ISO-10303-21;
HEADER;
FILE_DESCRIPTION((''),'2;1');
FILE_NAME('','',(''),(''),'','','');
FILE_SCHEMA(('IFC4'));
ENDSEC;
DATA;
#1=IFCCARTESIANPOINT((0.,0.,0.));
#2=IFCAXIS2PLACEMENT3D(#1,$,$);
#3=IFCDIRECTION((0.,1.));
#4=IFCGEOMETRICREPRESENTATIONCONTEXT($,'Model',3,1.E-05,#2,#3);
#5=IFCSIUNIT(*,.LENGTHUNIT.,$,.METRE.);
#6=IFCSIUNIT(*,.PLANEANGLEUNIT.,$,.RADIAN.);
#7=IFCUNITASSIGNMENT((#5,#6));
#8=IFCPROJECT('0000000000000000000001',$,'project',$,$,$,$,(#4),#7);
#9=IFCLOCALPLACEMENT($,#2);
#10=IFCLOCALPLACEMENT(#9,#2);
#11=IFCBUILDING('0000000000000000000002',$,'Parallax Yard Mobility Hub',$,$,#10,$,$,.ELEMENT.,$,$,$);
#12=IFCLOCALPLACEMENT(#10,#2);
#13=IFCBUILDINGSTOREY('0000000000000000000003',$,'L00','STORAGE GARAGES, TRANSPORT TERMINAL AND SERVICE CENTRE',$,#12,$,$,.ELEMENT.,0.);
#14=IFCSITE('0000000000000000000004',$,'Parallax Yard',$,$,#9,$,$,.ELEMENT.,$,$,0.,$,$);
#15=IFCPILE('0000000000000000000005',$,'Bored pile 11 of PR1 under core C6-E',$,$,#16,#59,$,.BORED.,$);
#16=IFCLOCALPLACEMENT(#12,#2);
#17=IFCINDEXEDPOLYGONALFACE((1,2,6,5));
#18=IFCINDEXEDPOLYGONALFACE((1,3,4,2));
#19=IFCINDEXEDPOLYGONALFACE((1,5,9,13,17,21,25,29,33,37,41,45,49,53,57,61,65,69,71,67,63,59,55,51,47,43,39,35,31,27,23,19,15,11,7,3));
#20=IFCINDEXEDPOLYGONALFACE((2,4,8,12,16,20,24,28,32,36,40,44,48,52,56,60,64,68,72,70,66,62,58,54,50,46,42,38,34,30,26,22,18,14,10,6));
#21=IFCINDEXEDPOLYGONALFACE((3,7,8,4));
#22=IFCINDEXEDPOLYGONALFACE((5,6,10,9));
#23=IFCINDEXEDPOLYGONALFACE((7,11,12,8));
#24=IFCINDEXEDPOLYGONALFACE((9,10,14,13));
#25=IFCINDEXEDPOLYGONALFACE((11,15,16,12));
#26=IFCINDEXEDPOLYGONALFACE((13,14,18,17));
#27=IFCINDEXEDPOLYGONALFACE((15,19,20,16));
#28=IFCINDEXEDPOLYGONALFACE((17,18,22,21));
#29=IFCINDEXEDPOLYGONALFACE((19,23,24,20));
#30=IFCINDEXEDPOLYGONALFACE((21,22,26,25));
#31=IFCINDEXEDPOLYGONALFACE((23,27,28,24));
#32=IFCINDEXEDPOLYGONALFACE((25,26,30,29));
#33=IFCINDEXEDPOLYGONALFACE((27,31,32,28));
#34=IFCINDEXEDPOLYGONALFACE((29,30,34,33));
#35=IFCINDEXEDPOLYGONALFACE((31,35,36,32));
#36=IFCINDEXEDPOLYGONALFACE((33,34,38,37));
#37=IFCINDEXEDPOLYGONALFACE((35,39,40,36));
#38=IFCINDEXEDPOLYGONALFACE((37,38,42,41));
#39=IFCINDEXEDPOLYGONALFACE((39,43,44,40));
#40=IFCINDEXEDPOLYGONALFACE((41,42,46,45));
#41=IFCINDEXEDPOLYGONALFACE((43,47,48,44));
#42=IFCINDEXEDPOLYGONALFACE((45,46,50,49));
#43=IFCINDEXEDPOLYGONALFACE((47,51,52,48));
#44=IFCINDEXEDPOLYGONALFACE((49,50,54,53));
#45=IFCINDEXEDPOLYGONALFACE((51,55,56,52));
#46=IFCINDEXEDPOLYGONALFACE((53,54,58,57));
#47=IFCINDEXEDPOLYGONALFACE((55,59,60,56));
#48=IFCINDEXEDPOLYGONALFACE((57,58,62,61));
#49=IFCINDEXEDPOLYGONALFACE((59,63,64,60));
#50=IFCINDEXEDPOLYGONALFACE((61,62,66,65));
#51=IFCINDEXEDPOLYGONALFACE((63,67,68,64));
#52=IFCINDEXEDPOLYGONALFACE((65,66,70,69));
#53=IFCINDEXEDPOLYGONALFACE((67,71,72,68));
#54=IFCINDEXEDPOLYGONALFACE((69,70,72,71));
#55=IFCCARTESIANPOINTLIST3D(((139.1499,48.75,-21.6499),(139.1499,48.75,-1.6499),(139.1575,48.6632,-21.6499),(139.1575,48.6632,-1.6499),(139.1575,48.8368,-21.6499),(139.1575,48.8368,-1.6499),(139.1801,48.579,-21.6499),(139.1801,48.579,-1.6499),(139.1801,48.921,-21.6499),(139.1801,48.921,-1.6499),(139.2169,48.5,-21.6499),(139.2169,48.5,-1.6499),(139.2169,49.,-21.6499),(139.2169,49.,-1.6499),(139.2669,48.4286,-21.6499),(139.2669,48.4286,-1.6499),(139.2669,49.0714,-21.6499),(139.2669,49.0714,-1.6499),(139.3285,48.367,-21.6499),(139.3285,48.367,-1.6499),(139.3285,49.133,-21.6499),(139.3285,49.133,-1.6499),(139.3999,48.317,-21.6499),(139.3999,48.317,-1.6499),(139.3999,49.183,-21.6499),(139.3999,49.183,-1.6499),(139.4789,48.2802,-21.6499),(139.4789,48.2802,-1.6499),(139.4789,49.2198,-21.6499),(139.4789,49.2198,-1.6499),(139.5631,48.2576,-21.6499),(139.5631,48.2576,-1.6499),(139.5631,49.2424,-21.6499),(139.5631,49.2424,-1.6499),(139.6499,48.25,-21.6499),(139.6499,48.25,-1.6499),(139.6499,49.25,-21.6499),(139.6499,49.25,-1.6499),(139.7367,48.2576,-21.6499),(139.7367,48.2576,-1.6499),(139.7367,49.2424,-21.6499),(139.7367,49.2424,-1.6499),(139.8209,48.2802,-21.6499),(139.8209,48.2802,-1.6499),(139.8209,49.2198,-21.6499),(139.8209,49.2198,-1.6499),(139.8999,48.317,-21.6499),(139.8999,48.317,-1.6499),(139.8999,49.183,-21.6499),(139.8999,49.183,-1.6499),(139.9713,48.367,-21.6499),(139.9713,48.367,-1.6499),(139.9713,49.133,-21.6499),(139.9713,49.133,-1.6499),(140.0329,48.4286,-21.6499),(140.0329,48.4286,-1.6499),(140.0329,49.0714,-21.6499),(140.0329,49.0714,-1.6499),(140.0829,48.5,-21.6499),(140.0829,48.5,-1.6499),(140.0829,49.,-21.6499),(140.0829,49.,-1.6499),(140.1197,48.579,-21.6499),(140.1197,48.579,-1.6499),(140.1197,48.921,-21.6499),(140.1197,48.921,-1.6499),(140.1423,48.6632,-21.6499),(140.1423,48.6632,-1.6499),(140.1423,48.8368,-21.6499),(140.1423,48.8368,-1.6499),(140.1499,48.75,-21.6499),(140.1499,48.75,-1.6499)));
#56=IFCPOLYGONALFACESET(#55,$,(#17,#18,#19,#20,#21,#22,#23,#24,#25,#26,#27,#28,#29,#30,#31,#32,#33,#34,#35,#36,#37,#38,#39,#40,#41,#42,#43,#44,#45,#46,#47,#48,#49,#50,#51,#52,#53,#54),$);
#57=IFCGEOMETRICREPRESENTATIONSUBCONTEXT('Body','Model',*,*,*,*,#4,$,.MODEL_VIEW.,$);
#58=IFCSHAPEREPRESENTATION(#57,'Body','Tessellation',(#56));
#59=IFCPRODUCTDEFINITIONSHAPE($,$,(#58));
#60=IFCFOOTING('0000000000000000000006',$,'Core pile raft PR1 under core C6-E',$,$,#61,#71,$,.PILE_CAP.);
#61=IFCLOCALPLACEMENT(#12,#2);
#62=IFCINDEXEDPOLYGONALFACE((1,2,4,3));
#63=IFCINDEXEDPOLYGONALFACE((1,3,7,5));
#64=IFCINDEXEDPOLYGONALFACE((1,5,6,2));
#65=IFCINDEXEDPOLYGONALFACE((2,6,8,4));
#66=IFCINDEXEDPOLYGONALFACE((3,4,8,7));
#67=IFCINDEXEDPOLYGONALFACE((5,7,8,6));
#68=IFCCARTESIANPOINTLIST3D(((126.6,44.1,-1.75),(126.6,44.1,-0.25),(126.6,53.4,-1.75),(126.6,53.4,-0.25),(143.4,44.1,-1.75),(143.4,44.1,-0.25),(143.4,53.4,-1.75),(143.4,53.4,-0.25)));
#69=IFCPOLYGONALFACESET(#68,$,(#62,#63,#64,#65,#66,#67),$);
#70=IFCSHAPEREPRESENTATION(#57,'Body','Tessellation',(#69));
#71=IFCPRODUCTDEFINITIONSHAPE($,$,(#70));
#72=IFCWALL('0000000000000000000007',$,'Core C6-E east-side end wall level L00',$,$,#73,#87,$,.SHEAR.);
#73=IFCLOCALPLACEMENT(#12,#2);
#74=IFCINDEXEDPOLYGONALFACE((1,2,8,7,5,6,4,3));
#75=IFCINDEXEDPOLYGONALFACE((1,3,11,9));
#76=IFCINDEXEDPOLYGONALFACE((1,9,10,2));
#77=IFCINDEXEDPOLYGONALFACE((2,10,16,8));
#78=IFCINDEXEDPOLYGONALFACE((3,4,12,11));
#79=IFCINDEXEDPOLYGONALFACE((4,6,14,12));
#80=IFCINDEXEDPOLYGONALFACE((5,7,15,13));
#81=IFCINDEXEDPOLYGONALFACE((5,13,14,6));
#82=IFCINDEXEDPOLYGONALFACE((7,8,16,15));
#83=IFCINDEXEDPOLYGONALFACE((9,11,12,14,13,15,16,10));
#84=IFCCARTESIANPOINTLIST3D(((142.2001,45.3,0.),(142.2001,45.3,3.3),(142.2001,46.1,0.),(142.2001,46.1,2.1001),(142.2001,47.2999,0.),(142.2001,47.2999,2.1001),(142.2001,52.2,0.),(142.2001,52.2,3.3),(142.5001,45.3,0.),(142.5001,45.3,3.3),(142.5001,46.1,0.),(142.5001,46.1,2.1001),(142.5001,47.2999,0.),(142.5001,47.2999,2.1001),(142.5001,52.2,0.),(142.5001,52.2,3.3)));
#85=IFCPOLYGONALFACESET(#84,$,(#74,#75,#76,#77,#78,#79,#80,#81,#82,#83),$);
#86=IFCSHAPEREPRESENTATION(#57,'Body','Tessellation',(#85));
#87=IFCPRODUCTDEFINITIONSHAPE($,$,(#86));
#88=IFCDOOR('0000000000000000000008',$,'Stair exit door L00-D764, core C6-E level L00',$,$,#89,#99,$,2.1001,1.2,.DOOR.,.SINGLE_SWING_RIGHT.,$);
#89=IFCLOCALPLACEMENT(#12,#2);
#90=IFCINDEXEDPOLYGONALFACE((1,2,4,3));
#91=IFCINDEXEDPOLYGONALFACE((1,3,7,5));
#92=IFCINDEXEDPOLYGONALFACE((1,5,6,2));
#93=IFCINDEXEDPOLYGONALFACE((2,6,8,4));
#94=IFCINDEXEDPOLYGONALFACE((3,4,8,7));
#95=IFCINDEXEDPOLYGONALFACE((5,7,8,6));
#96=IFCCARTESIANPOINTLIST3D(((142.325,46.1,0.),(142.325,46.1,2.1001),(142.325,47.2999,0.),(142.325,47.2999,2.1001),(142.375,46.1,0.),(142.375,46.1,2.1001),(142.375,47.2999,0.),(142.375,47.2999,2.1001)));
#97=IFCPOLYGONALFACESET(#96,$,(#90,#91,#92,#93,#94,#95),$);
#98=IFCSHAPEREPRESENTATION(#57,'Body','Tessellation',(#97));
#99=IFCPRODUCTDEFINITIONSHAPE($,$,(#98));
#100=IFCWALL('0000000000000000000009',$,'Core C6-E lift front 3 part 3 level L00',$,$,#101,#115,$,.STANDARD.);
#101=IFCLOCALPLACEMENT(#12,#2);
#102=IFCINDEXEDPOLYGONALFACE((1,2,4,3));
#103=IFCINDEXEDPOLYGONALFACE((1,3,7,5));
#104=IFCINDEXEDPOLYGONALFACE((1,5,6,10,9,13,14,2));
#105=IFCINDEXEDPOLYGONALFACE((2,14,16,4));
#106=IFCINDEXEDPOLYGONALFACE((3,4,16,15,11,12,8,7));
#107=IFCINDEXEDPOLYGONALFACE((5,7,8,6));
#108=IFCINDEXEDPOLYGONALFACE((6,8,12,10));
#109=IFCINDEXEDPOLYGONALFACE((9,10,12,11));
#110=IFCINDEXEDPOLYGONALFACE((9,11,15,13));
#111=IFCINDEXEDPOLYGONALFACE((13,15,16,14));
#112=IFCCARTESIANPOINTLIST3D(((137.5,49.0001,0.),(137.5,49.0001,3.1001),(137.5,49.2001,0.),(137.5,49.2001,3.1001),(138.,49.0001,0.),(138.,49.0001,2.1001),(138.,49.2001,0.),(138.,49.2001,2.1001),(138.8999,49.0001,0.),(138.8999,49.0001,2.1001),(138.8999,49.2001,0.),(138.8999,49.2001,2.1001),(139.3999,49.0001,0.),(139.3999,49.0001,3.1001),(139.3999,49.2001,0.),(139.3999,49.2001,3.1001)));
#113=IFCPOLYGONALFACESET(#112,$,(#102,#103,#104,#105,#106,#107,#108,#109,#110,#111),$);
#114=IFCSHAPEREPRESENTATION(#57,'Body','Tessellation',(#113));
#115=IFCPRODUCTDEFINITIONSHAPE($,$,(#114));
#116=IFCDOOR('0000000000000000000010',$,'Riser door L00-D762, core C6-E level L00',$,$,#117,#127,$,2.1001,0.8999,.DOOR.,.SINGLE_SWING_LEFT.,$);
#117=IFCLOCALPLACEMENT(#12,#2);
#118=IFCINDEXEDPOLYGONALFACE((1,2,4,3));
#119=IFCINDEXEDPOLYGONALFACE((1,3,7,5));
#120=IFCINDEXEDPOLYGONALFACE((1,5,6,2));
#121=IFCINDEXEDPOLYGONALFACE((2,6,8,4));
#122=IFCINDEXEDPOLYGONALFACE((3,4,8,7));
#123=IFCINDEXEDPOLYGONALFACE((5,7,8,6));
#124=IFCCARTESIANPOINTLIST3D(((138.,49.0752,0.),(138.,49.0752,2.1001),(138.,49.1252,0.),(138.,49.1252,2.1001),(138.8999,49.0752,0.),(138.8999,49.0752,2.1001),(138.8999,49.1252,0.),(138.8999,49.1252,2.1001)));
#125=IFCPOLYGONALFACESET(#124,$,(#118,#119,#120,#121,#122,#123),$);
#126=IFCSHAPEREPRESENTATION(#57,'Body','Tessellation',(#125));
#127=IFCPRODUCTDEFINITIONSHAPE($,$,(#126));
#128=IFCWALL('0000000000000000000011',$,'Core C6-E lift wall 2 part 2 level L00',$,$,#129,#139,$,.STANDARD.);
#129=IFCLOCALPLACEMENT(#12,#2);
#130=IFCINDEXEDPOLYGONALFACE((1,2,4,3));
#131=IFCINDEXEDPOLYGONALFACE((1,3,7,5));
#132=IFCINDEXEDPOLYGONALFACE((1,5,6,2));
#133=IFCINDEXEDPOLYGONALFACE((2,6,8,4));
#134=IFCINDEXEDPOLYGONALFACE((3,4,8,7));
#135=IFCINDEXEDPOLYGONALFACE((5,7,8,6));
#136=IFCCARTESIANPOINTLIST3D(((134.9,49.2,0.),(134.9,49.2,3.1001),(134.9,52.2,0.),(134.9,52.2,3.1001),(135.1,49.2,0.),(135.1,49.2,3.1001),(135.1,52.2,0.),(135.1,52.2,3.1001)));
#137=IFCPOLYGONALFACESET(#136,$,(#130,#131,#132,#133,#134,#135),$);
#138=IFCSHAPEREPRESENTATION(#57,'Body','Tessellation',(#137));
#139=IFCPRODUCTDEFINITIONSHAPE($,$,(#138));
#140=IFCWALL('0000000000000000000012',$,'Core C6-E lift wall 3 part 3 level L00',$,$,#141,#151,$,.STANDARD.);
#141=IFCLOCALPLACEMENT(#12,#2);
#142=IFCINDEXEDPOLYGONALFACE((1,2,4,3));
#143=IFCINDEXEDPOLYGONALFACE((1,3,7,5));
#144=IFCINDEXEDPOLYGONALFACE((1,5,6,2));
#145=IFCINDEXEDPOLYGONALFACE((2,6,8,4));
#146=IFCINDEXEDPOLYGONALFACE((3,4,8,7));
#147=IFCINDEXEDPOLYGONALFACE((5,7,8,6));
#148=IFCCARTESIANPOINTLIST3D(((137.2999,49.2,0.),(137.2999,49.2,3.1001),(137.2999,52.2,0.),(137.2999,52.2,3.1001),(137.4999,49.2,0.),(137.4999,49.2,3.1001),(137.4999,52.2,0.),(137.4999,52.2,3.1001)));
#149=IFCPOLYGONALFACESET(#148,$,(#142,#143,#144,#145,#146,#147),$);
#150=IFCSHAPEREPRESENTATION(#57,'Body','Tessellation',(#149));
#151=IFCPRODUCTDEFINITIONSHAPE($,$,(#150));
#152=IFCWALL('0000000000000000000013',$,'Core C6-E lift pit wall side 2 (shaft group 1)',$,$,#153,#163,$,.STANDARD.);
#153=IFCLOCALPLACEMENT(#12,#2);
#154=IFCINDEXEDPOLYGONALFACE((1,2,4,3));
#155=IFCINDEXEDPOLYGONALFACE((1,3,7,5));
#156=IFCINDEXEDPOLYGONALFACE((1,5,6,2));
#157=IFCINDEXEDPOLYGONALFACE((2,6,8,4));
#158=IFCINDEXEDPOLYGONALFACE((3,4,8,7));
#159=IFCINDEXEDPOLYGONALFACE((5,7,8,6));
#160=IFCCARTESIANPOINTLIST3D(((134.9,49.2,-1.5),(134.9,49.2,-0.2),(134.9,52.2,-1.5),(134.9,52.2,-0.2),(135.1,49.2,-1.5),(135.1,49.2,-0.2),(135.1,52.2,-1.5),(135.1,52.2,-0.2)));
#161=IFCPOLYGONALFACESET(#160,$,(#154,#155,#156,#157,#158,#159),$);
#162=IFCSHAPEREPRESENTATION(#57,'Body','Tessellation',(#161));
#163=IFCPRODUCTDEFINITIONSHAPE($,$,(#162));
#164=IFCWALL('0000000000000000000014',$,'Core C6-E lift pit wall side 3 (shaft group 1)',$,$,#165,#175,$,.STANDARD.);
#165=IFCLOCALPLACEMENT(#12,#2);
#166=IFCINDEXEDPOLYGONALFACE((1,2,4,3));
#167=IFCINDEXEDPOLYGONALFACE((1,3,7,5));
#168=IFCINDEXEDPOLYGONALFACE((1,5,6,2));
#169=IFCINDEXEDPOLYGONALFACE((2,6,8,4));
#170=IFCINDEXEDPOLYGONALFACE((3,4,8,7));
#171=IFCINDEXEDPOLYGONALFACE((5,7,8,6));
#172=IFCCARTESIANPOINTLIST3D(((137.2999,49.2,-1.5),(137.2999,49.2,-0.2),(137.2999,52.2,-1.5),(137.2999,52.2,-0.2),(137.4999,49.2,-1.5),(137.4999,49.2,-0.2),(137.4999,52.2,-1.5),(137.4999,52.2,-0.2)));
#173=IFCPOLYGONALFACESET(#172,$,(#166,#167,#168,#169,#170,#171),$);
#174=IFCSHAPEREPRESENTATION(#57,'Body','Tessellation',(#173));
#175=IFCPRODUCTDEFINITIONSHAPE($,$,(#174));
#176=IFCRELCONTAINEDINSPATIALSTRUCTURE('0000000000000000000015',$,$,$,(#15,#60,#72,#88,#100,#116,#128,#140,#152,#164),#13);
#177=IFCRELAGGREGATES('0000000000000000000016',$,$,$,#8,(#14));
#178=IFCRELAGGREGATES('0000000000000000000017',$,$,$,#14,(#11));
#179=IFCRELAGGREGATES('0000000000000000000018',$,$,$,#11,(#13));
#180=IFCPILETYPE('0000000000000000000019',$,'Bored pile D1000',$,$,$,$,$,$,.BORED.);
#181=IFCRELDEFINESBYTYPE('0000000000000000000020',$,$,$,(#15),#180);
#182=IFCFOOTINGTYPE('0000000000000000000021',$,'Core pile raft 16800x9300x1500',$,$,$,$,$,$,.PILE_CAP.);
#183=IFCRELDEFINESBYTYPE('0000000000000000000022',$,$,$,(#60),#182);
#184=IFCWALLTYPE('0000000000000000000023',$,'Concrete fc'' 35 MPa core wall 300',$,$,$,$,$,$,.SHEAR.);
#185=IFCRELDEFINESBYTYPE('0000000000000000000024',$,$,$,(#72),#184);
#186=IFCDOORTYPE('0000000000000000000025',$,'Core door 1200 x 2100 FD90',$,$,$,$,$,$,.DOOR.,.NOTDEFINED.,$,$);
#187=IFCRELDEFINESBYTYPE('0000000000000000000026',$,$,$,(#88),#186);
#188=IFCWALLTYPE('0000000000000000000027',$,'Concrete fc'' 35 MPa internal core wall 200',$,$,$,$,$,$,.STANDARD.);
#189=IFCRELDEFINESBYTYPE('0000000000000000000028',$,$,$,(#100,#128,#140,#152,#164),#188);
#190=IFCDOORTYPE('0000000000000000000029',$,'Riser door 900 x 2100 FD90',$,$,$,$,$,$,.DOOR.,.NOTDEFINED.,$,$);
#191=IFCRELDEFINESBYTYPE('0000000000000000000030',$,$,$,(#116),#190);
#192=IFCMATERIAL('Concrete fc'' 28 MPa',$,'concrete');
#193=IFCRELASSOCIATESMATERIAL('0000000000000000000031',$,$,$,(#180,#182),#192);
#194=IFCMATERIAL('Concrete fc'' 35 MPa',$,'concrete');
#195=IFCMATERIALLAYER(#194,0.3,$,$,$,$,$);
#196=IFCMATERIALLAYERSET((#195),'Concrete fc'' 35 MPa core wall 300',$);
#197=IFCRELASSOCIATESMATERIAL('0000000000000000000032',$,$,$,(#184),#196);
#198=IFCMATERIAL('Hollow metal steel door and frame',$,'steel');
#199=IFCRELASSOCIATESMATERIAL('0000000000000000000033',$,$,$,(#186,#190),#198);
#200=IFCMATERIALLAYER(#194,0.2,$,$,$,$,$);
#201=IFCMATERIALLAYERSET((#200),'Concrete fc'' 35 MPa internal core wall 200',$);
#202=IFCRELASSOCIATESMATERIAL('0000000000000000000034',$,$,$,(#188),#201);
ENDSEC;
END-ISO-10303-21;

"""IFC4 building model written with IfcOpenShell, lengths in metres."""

from ifc_helpers import new_model, si_unit, direction, frame, frame_2d, origin, origin_2d, place, context, subcontext, project, spatial, rectangle, circle, extrude, material, layer, layer_set, material_profile, profile_set, type_object, element, fill, save


model = new_model("IFC4")

# Units and contexts
model_context = context("Model", 3, precision=1e-05, world=origin(), true_north=direction((0.0, 1.0)))
body_context = subcontext(model_context, "Body", "Model", "MODEL_VIEW")
ifc_project = project(units=[si_unit("LENGTHUNIT", "METRE"), si_unit("PLANEANGLEUNIT", "RADIAN")], contexts=[model_context])

# Site, building, storey
site_placement = place(None, origin())
site = spatial("IfcSite", under=ifc_project, at=site_placement, Name="Parallax Yard", CompositionType="ELEMENT", RefElevation=0.0)
building_placement = place(site_placement, origin())
building = spatial("IfcBuilding", under=site, at=building_placement, Name="Parallax Yard Mobility Hub", CompositionType="ELEMENT")
storey_placement = place(building_placement, origin())
storey = spatial("IfcBuildingStorey", under=building, at=storey_placement, Name="L00", Description="STORAGE GARAGES, TRANSPORT TERMINAL AND SERVICE CENTRE", CompositionType="ELEMENT", Elevation=0.0)

# Pile
ifc_material_1 = material(Name="Concrete fc' 28 MPa", Category="concrete")
ifc_material_profile = material_profile(ifc_material_1, circle(Radius=0.5, at=origin_2d()), Name="Bored pile D1000")
ifc_profile_set = profile_set([ifc_material_profile], Name="Concrete fc' 28 MPa")
pile_type = type_object("IfcPileType", Name="Bored pile D1000", PredefinedType="BORED", material=ifc_profile_set)
for number, where, z_axis, x_axis, name in (
    (1, (139.6499, 48.75, -1.6499), (0.0, 0.0, -1.0), (1.0, 0.0, 0.0), "Bored pile 11 of PR1 under core C6-E"),
):
    element("IfcPile", number, at=place(storey_placement, frame(where, z_axis=z_axis, x_axis=x_axis)), inside=storey, type_object=pile_type, Name=name, PredefinedType="BORED", context=body_context, shape_type="SweptSolid", body=[
        extrude(circle(Radius=0.5, at=origin_2d()), origin(), (0.0, 0.0, 1.0), 20.0),
    ])

# Footing
footing_type = type_object("IfcFootingType", Name="Core pile raft 16800x9300x1500", PredefinedType="PILE_CAP", material=ifc_material_1)
footing_placement = place(storey_placement, frame((135.0, 48.75, -1.75), z_axis=(0.0, 0.0, 1.0), x_axis=(1.0, 0.0, 0.0)))
element("IfcFooting", 2, at=footing_placement, inside=storey, type_object=footing_type, Name="Core pile raft PR1 under core C6-E", PredefinedType="PILE_CAP", context=body_context, shape_type="SweptSolid", body=[
    extrude(rectangle(XDim=16.8, YDim=9.3, at=origin_2d()), origin(), (0.0, 0.0, 1.0), 1.5),
])

# Walls, openings, doors
ifc_material_2 = material(Name="Concrete fc' 35 MPa", Category="concrete")
ifc_layer_1 = layer(ifc_material_2, 0.3)
ifc_layer_set_1 = layer_set([ifc_layer_1], Name="Concrete fc' 35 MPa core wall 300")
wall_type_1 = type_object("IfcWallType", Name="Concrete fc' 35 MPa core wall 300", PredefinedType="SHEAR", material=ifc_layer_set_1)
wall_1_placement = place(storey_placement, frame((142.3501, 52.2, 0.0), z_axis=(0.0, 0.0, 1.0), x_axis=(0.0, -1.0, 0.0)))
wall_1 = element("IfcWall", 3, at=wall_1_placement, inside=storey, type_object=wall_type_1, Name="Core C6-E east-side end wall level L00", PredefinedType="SHEAR", context=body_context, shape_type="SweptSolid", body=[
    extrude(rectangle(XDim=6.8999, YDim=0.3, at=frame_2d((3.45, 0.0))), origin(), (0.0, 0.0, 1.0), 3.3),
])
opening_1_placement = place(wall_1_placement, frame((4.8999, 0.0, 0.0)))
opening_1 = element("IfcOpeningElement", 4, at=opening_1_placement, cuts=wall_1, PredefinedType="OPENING", context=body_context, shape_type="SweptSolid", body=[
    extrude(rectangle(XDim=1.2, YDim=2.1001, at=frame_2d((0.6001, 1.05))), frame((0.0, 0.1602, 0.0), z_axis=(0.0, -1.0, 0.0), x_axis=(1.0, 0.0, 0.0)), (0.0, 0.0, 1.0), 0.3201),
])
ifc_material_3 = material(Name="Hollow metal steel door and frame", Category="steel")
door_type_1 = type_object("IfcDoorType", Name="Core door 1200 x 2100 FD90", OperationType="NOTDEFINED", PredefinedType="DOOR", material=ifc_material_3)
door_1_placement = place(opening_1_placement, origin())
door_1 = element("IfcDoor", 5, at=door_1_placement, inside=storey, type_object=door_type_1, Name="Stair exit door L00-D764, core C6-E level L00", OperationType="SINGLE_SWING_RIGHT", OverallHeight=2.1001, OverallWidth=1.2, PredefinedType="DOOR", context=body_context, shape_type="SweptSolid", body=[
    extrude(rectangle(XDim=1.2, YDim=2.1001, at=frame_2d((0.6001, 1.05))), frame((0.0, 0.0249, 0.0), z_axis=(0.0, -1.0, 0.0), x_axis=(1.0, 0.0, 0.0)), (0.0, 0.0, 1.0), 0.05),
])
fill(opening_1, door_1)
ifc_layer_2 = layer(ifc_material_2, 0.2)
ifc_layer_set_2 = layer_set([ifc_layer_2], Name="Concrete fc' 35 MPa internal core wall 200")
wall_type_2 = type_object("IfcWallType", Name="Concrete fc' 35 MPa internal core wall 200", PredefinedType="STANDARD", material=ifc_layer_set_2)
wall_2_placement = place(storey_placement, frame((139.3999, 49.1001, 0.0), z_axis=(0.0, 0.0, 1.0), x_axis=(-1.0, 0.0, 0.0)))
wall_2 = element("IfcWall", 6, at=wall_2_placement, inside=storey, type_object=wall_type_2, Name="Core C6-E lift front 3 part 3 level L00", PredefinedType="STANDARD", context=body_context, shape_type="SweptSolid", body=[
    extrude(rectangle(XDim=1.8999, YDim=0.2, at=frame_2d((0.95, 0.0))), origin(), (0.0, 0.0, 1.0), 3.1001),
])
opening_2_placement = place(wall_2_placement, frame((0.5, 0.0, 0.0)))
opening_2 = element("IfcOpeningElement", 7, at=opening_2_placement, cuts=wall_2, PredefinedType="OPENING", context=body_context, shape_type="SweptSolid", body=[
    extrude(rectangle(XDim=0.8999, YDim=2.1001, at=frame_2d((0.45, 1.05))), frame((0.0, 0.1099, 0.0), z_axis=(0.0, -1.0, 0.0), x_axis=(1.0, 0.0, 0.0)), (0.0, 0.0, 1.0), 0.22),
])
door_type_2 = type_object("IfcDoorType", Name="Riser door 900 x 2100 FD90", OperationType="NOTDEFINED", PredefinedType="DOOR", material=ifc_material_3)
door_2_placement = place(opening_2_placement, origin())
door_2 = element("IfcDoor", 8, at=door_2_placement, inside=storey, type_object=door_type_2, Name="Riser door L00-D762, core C6-E level L00", OperationType="SINGLE_SWING_LEFT", OverallHeight=2.1001, OverallWidth=0.8999, PredefinedType="DOOR", context=body_context, shape_type="SweptSolid", body=[
    extrude(rectangle(XDim=0.8999, YDim=2.1001, at=frame_2d((0.45, 1.05))), frame((0.0, 0.0249, 0.0), z_axis=(0.0, -1.0, 0.0), x_axis=(1.0, 0.0, 0.0)), (0.0, 0.0, 1.0), 0.05),
])
fill(opening_2, door_2)

# Walls
for number, where, z_axis, x_axis, name in (
    (9, (135.0, 49.2, 0.0), (0.0, 0.0, 1.0), (0.0, 1.0, 0.0), "Core C6-E lift wall 2 part 2 level L00"),
    (10, (137.3999, 49.2, 0.0), (0.0, 0.0, 1.0), (0.0, 1.0, 0.0), "Core C6-E lift wall 3 part 3 level L00"),
):
    element("IfcWall", number, at=place(storey_placement, frame(where, z_axis=z_axis, x_axis=x_axis)), inside=storey, type_object=wall_type_2, Name=name, PredefinedType="STANDARD", context=body_context, shape_type="SweptSolid", body=[
        extrude(rectangle(XDim=3.0, YDim=0.2, at=frame_2d((1.5, 0.0))), origin(), (0.0, 0.0, 1.0), 3.1001),
    ])
for number, where, z_axis, x_axis, name in (
    (11, (135.0, 49.2, -1.5), (0.0, 0.0, 1.0), (0.0, 1.0, 0.0), "Core C6-E lift pit wall side 2 (shaft group 1)"),
    (12, (137.3999, 49.2, -1.5), (0.0, 0.0, 1.0), (0.0, 1.0, 0.0), "Core C6-E lift pit wall side 3 (shaft group 1)"),
):
    element("IfcWall", number, at=place(storey_placement, frame(where, z_axis=z_axis, x_axis=x_axis)), inside=storey, type_object=wall_type_2, Name=name, PredefinedType="STANDARD", context=body_context, shape_type="SweptSolid", body=[
        extrude(rectangle(XDim=3.0, YDim=0.2, at=frame_2d((1.5, 0.0))), origin(), (0.0, 0.0, 1.0), 1.3),
    ])

save(model, "model.ifc")
